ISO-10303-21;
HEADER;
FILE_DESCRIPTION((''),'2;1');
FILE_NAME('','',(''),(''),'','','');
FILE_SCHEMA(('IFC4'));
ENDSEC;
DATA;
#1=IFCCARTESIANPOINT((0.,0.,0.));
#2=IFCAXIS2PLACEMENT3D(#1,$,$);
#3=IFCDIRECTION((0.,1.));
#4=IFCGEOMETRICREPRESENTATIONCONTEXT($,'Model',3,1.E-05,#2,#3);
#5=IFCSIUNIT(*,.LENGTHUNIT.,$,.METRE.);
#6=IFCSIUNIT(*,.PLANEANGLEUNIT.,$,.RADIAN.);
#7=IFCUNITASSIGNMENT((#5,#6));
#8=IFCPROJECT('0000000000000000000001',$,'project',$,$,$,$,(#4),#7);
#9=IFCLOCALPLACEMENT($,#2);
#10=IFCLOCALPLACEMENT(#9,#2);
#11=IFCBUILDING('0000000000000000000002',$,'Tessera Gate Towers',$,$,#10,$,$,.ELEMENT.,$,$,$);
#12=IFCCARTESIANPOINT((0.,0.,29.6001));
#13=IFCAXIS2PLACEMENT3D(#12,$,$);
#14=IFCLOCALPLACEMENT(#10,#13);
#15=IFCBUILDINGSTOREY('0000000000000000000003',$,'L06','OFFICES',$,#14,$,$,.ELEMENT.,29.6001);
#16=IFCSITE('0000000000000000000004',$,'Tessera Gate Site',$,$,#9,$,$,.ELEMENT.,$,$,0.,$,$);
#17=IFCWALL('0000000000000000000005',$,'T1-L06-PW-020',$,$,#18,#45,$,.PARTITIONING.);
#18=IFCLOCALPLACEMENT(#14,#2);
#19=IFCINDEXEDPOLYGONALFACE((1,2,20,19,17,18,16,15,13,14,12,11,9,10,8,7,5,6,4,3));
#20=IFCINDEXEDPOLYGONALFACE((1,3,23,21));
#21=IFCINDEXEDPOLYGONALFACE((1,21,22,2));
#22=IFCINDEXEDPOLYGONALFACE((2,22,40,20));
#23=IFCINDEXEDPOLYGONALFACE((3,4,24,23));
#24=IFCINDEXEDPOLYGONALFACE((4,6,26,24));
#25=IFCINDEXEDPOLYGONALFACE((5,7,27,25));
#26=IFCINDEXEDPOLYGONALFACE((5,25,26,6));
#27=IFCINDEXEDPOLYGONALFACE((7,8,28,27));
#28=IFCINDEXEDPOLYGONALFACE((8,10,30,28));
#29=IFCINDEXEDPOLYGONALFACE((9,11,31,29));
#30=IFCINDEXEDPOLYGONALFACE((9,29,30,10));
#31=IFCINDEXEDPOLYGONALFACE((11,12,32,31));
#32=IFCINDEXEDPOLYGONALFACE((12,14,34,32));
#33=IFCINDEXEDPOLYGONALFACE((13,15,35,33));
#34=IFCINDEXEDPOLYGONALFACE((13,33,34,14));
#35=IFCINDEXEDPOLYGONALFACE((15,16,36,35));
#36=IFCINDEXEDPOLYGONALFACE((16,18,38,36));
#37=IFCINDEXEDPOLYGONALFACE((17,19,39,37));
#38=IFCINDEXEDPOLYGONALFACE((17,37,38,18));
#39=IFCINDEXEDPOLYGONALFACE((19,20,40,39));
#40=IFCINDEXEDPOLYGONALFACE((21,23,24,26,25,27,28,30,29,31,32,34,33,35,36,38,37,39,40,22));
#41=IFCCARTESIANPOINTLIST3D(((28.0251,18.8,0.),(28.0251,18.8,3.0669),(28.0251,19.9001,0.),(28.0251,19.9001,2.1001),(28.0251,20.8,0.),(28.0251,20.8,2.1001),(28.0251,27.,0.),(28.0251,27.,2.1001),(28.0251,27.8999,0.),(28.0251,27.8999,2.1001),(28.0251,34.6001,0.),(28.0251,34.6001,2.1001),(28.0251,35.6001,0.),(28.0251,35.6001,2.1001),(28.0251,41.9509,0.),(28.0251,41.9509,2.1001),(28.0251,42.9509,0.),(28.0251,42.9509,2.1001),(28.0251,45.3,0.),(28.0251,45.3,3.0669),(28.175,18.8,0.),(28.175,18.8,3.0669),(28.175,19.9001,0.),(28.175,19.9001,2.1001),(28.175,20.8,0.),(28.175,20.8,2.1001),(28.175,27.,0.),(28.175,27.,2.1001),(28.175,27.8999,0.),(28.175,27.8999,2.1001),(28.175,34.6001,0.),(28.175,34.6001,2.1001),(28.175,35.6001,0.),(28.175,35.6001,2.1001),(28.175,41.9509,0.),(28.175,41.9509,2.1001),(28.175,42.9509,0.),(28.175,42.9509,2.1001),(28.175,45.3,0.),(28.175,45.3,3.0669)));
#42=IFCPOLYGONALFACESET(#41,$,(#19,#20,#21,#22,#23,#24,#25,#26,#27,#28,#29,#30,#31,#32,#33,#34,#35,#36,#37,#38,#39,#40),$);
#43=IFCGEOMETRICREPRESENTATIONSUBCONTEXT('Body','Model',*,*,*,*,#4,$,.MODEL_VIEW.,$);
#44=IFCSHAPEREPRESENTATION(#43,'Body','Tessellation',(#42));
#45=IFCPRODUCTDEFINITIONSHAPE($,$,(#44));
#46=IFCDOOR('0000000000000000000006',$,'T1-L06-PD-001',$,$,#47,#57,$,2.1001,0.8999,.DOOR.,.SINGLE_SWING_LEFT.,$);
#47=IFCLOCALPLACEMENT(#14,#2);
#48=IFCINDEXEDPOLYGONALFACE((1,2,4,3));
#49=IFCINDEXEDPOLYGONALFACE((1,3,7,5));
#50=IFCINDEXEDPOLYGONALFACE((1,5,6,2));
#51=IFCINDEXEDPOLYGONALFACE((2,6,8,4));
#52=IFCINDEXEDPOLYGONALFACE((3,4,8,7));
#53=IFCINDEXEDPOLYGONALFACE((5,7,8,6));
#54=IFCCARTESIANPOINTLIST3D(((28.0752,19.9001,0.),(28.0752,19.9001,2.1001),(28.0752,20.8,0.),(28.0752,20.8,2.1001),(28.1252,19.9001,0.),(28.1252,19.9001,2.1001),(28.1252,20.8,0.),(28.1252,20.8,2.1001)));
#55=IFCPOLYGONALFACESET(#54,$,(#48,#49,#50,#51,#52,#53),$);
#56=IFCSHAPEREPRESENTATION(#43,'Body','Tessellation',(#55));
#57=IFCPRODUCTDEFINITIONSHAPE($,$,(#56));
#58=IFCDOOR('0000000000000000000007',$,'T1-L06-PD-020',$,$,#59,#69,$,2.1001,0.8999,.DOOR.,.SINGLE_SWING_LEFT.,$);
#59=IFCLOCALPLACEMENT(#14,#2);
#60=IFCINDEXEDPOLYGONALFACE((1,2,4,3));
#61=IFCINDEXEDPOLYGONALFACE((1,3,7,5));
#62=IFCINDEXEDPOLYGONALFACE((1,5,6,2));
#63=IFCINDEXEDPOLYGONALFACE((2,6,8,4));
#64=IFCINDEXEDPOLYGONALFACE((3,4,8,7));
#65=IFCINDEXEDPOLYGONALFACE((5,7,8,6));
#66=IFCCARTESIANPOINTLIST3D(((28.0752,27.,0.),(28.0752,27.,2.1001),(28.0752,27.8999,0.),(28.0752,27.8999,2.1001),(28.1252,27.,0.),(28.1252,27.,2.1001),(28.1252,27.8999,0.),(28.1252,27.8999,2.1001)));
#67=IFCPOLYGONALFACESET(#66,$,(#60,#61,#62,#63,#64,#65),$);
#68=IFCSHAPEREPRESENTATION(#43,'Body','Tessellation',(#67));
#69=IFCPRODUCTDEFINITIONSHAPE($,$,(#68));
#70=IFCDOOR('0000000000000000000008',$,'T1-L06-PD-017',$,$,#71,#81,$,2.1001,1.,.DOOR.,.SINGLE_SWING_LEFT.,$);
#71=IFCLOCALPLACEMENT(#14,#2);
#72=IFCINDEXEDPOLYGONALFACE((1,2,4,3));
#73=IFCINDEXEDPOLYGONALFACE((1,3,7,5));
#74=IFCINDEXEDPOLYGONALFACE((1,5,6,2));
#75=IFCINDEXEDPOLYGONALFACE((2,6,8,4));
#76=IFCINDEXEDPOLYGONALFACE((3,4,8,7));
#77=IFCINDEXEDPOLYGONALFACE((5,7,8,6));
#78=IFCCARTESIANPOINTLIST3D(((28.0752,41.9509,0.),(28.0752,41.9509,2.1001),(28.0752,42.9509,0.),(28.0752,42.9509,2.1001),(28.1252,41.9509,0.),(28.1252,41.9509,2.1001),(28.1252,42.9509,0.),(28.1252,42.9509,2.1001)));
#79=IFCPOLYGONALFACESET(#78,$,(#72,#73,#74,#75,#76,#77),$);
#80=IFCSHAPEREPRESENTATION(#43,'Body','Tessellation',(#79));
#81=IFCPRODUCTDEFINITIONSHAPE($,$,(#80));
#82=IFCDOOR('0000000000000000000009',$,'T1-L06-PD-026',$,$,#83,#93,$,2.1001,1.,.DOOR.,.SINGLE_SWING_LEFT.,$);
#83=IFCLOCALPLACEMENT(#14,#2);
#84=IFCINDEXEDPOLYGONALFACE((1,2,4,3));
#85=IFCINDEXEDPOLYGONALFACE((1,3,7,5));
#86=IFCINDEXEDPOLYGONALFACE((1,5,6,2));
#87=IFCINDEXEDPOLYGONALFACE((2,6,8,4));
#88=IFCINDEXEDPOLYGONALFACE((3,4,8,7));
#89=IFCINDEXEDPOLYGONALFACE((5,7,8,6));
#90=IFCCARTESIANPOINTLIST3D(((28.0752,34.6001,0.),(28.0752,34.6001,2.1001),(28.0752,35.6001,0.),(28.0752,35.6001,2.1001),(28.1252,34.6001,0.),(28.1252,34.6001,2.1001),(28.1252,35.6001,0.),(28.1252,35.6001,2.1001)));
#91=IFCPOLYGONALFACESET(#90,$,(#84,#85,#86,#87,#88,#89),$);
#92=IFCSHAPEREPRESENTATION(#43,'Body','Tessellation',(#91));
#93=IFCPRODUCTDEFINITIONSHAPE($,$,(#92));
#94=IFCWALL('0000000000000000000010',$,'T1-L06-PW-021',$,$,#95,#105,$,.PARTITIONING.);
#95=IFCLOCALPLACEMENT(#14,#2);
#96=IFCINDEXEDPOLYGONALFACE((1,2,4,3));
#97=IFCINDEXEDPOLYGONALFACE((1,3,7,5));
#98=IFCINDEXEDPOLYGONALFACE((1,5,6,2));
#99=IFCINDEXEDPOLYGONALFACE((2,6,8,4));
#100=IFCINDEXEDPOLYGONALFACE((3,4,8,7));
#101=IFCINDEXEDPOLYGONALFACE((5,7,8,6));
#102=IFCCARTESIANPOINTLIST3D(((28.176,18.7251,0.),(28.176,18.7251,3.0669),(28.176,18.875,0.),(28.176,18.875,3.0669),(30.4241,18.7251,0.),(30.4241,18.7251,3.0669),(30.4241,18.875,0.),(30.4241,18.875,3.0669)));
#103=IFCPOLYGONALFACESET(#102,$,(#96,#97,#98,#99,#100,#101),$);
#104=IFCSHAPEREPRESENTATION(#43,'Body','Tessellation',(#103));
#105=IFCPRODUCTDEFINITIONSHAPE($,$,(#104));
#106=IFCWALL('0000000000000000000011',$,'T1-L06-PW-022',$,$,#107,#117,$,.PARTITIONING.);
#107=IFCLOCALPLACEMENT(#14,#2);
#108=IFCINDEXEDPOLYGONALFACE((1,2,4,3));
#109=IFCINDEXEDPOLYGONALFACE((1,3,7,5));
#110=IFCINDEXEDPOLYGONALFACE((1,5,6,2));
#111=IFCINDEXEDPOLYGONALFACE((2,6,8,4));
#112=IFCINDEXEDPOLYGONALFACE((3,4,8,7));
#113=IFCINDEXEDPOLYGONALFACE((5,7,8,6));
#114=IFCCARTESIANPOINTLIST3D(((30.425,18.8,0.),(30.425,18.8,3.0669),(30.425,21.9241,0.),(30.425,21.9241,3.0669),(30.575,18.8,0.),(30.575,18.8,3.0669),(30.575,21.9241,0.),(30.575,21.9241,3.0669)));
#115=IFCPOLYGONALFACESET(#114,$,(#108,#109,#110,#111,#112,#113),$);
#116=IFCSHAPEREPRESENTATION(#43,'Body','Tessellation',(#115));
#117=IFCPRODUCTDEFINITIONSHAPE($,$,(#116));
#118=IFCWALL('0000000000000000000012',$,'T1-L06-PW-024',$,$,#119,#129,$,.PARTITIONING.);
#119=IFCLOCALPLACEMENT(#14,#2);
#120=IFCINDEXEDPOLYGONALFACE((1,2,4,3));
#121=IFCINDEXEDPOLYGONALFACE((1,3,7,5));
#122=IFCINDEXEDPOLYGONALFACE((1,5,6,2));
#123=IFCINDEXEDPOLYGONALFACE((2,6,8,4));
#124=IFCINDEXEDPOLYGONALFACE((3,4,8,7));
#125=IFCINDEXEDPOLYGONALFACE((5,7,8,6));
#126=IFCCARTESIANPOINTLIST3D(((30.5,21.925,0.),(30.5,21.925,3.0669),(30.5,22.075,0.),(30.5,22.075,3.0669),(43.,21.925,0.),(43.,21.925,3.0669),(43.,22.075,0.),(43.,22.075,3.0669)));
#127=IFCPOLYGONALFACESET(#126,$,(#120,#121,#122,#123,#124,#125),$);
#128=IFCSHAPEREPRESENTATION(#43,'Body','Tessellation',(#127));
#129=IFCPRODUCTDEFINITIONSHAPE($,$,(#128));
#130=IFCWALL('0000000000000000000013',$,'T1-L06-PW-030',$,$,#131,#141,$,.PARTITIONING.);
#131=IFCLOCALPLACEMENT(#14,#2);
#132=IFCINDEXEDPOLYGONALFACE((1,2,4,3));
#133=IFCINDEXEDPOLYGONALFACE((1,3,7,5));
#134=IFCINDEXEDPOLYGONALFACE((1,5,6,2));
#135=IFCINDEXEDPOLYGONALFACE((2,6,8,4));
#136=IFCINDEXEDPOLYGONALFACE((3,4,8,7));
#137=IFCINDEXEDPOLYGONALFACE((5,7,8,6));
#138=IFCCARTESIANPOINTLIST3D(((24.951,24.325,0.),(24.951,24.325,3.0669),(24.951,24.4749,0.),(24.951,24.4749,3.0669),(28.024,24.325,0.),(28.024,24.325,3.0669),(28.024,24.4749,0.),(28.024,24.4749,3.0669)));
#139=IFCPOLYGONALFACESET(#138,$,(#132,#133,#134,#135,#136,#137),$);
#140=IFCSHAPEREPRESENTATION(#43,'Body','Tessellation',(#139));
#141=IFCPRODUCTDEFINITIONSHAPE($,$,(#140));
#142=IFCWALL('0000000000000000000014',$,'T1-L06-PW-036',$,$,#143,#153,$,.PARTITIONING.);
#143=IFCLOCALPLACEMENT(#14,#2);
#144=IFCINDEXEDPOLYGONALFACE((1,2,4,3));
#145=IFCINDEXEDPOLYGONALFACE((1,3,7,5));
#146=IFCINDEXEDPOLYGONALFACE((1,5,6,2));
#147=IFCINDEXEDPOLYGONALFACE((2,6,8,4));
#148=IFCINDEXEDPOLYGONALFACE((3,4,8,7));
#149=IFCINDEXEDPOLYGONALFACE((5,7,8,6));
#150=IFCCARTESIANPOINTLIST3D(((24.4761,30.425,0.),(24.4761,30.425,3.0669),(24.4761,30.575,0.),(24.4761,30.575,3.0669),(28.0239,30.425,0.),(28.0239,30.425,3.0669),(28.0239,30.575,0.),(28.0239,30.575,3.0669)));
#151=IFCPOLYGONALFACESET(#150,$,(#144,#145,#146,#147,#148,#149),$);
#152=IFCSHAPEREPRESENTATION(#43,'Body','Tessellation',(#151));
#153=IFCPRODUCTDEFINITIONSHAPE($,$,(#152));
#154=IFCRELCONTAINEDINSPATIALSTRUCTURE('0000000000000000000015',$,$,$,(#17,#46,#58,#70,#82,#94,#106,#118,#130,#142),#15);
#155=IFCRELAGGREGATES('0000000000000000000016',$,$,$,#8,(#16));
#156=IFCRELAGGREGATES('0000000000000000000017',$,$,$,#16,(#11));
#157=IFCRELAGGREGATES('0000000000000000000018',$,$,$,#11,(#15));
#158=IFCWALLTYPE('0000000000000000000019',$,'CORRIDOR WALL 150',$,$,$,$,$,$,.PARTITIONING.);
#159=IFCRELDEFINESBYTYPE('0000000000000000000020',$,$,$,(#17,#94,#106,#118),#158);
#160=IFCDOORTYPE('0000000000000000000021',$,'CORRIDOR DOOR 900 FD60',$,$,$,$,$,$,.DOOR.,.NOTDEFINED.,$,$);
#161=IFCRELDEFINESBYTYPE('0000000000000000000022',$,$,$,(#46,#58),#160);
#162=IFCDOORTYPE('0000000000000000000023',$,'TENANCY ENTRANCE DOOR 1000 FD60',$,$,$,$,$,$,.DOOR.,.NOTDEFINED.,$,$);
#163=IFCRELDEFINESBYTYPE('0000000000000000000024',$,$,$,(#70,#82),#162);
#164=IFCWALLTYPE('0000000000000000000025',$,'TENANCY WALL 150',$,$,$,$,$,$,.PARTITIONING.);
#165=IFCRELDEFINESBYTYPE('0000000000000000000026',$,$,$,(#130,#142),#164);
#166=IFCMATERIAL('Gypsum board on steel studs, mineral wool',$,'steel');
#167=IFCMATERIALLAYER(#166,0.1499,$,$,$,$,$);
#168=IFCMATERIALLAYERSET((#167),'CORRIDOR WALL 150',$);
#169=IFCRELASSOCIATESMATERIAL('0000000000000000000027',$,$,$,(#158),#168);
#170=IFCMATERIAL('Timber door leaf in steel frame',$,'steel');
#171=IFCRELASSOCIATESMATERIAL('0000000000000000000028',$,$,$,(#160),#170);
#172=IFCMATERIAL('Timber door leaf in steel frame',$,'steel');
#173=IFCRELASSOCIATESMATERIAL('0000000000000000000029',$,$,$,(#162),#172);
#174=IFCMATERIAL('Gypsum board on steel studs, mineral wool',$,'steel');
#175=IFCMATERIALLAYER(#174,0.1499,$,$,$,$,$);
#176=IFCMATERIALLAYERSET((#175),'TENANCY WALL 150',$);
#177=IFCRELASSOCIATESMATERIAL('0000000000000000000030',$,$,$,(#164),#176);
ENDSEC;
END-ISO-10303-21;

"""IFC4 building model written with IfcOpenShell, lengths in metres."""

from ifc_helpers import new_model, si_unit, direction, frame, frame_2d, origin, place, context, subcontext, project, spatial, rectangle, extrude, source, transform, mapped, material, layer, layer_set, type_object, element, fill, save


model = new_model("IFC4")

# Units and contexts
model_context = context("Model", 3, precision=1e-05, world=origin(), true_north=direction((0.0, 1.0)))
body_context = subcontext(model_context, "Body", "Model", "MODEL_VIEW")
ifc_project = project(units=[si_unit("LENGTHUNIT", "METRE"), si_unit("PLANEANGLEUNIT", "RADIAN")], contexts=[model_context])

# Site, building, storey
site_placement = place(None, origin())
site = spatial("IfcSite", under=ifc_project, at=site_placement, Name="Tessera Gate Site", CompositionType="ELEMENT", RefElevation=0.0)
building_placement = place(site_placement, origin())
building = spatial("IfcBuilding", under=site, at=building_placement, Name="Tessera Gate Towers", CompositionType="ELEMENT")
storey_placement = place(building_placement, frame((0.0, 0.0, 29.6001)))
storey = spatial("IfcBuildingStorey", under=building, at=storey_placement, Name="L06", Description="OFFICES", CompositionType="ELEMENT", Elevation=29.6001)

# Wall, openings, doors
ifc_material_1 = material(Name="Gypsum board on steel studs, mineral wool", Category="steel")
ifc_layer_1 = layer(ifc_material_1, 0.1499)
ifc_layer_set_1 = layer_set([ifc_layer_1], Name="CORRIDOR WALL 150")
wall_type_1 = type_object("IfcWallType", Name="CORRIDOR WALL 150", PredefinedType="PARTITIONING", material=ifc_layer_set_1)
wall_1_placement = place(storey_placement, frame((28.1001, 18.8, 0.0), z_axis=(0.0, 0.0, 1.0), x_axis=(0.0, 1.0, 0.0)))
wall_1 = element("IfcWall", 1, at=wall_1_placement, inside=storey, type_object=wall_type_1, Name="T1-L06-PW-020", PredefinedType="PARTITIONING", context=body_context, shape_type="SweptSolid", body=[
    extrude(rectangle(XDim=26.5, YDim=0.1499, at=frame_2d((13.25, 0.0))), origin(), (0.0, 0.0, 1.0), 3.0669),
])
shared_shape_1 = source(origin(), body_context, "Body", "SweptSolid", [
    extrude(rectangle(XDim=0.8999, YDim=2.1001, at=frame_2d((0.45, 1.05))), frame((0.0, 0.085, 0.0), z_axis=(0.0, -1.0, 0.0), x_axis=(1.0, 0.0, 0.0)), (0.0, 0.0, 1.0), 0.1699),
])
opening_1_placement = place(wall_1_placement, frame((1.1001, 0.0, 0.0)))
opening_1 = element("IfcOpeningElement", 2, at=opening_1_placement, cuts=wall_1, PredefinedType="OPENING", context=body_context, shape_type="MappedRepresentation", body=[
    mapped(shared_shape_1, transform((0.0, 0.0, 0.0), scale=1.0)),
])
shared_shape_2 = source(origin(), body_context, "Body", "SweptSolid", [
    extrude(rectangle(XDim=1.0, YDim=2.1001, at=frame_2d((0.5, 1.05))), frame((0.0, 0.085, 0.0), z_axis=(0.0, -1.0, 0.0), x_axis=(1.0, 0.0, 0.0)), (0.0, 0.0, 1.0), 0.1699),
])
opening_2_placement = place(wall_1_placement, frame((23.1509, 0.0, 0.0)))
opening_2 = element("IfcOpeningElement", 3, at=opening_2_placement, cuts=wall_1, PredefinedType="OPENING", context=body_context, shape_type="MappedRepresentation", body=[
    mapped(shared_shape_2, transform((0.0, 0.0, 0.0), scale=1.0)),
])
opening_3_placement = place(wall_1_placement, frame((8.2, 0.0, 0.0)))
opening_3 = element("IfcOpeningElement", 4, at=opening_3_placement, cuts=wall_1, PredefinedType="OPENING", context=body_context, shape_type="MappedRepresentation", body=[
    mapped(shared_shape_1, transform((0.0, 0.0, 0.0), scale=1.0)),
])
opening_4_placement = place(wall_1_placement, frame((15.8, 0.0, 0.0)))
opening_4 = element("IfcOpeningElement", 5, at=opening_4_placement, cuts=wall_1, PredefinedType="OPENING", context=body_context, shape_type="MappedRepresentation", body=[
    mapped(shared_shape_2, transform((0.0, 0.0, 0.0), scale=1.0)),
])
ifc_material_2 = material(Name="Timber door leaf in steel frame", Category="steel")
door_type_1 = type_object("IfcDoorType", Name="CORRIDOR DOOR 900 FD60", OperationType="NOTDEFINED", PredefinedType="DOOR", material=ifc_material_2)
shared_shape_3 = source(origin(), body_context, "Body", "SweptSolid", [
    extrude(rectangle(XDim=0.8999, YDim=2.1001, at=frame_2d((0.45, 1.05))), frame((0.0, 0.0249, 0.0), z_axis=(0.0, -1.0, 0.0), x_axis=(1.0, 0.0, 0.0)), (0.0, 0.0, 1.0), 0.05),
])
door_1_placement = place(opening_1_placement, origin())
door_1 = element("IfcDoor", 6, at=door_1_placement, inside=storey, type_object=door_type_1, Name="T1-L06-PD-001", OperationType="SINGLE_SWING_LEFT", OverallHeight=2.1001, OverallWidth=0.8999, PredefinedType="DOOR", context=body_context, shape_type="MappedRepresentation", body=[
    mapped(shared_shape_3, transform((0.0, 0.0, 0.0), scale=1.0)),
])
fill(opening_1, door_1)
door_2_placement = place(opening_3_placement, origin())
door_2 = element("IfcDoor", 7, at=door_2_placement, inside=storey, type_object=door_type_1, Name="T1-L06-PD-020", OperationType="SINGLE_SWING_LEFT", OverallHeight=2.1001, OverallWidth=0.8999, PredefinedType="DOOR", context=body_context, shape_type="MappedRepresentation", body=[
    mapped(shared_shape_3, transform((0.0, 0.0, 0.0), scale=1.0)),
])
fill(opening_3, door_2)
ifc_material_3 = material(Name="Timber door leaf in steel frame", Category="steel")
door_type_2 = type_object("IfcDoorType", Name="TENANCY ENTRANCE DOOR 1000 FD60", OperationType="NOTDEFINED", PredefinedType="DOOR", material=ifc_material_3)
shared_shape_4 = source(origin(), body_context, "Body", "SweptSolid", [
    extrude(rectangle(XDim=1.0, YDim=2.1001, at=frame_2d((0.5, 1.05))), frame((0.0, 0.0249, 0.0), z_axis=(0.0, -1.0, 0.0), x_axis=(1.0, 0.0, 0.0)), (0.0, 0.0, 1.0), 0.05),
])
door_3_placement = place(opening_2_placement, origin())
door_3 = element("IfcDoor", 8, at=door_3_placement, inside=storey, type_object=door_type_2, Name="T1-L06-PD-017", OperationType="SINGLE_SWING_LEFT", OverallHeight=2.1001, OverallWidth=1.0, PredefinedType="DOOR", context=body_context, shape_type="MappedRepresentation", body=[
    mapped(shared_shape_4, transform((0.0, 0.0, 0.0), scale=1.0)),
])
fill(opening_2, door_3)
door_4_placement = place(opening_4_placement, origin())
door_4 = element("IfcDoor", 9, at=door_4_placement, inside=storey, type_object=door_type_2, Name="T1-L06-PD-026", OperationType="SINGLE_SWING_LEFT", OverallHeight=2.1001, OverallWidth=1.0, PredefinedType="DOOR", context=body_context, shape_type="MappedRepresentation", body=[
    mapped(shared_shape_4, transform((0.0, 0.0, 0.0), scale=1.0)),
])
fill(opening_4, door_4)

# Walls
wall_2_placement = place(storey_placement, frame((28.176, 18.8, 0.0), z_axis=(0.0, 0.0, 1.0), x_axis=(1.0, 0.0, 0.0)))
element("IfcWall", 10, at=wall_2_placement, inside=storey, type_object=wall_type_1, Name="T1-L06-PW-021", PredefinedType="PARTITIONING", context=body_context, shape_type="SweptSolid", body=[
    extrude(rectangle(XDim=2.248, YDim=0.1499, at=frame_2d((1.124, 0.0))), origin(), (0.0, 0.0, 1.0), 3.0669),
])
wall_3_placement = place(storey_placement, frame((30.5, 18.8, 0.0), z_axis=(0.0, 0.0, 1.0), x_axis=(0.0, 1.0, 0.0)))
element("IfcWall", 11, at=wall_3_placement, inside=storey, type_object=wall_type_1, Name="T1-L06-PW-022", PredefinedType="PARTITIONING", context=body_context, shape_type="SweptSolid", body=[
    extrude(rectangle(XDim=3.124, YDim=0.1499, at=frame_2d((1.562, 0.0))), origin(), (0.0, 0.0, 1.0), 3.0669),
])
wall_4_placement = place(storey_placement, frame((30.5, 22.0, 0.0), z_axis=(0.0, 0.0, 1.0), x_axis=(1.0, 0.0, 0.0)))
element("IfcWall", 12, at=wall_4_placement, inside=storey, type_object=wall_type_1, Name="T1-L06-PW-024", PredefinedType="PARTITIONING", context=body_context, shape_type="SweptSolid", body=[
    extrude(rectangle(XDim=12.5, YDim=0.1499, at=frame_2d((6.25, 0.0))), origin(), (0.0, 0.0, 1.0), 3.0669),
])
ifc_material_4 = material(Name="Gypsum board on steel studs, mineral wool", Category="steel")
ifc_layer_2 = layer(ifc_material_4, 0.1499)
ifc_layer_set_2 = layer_set([ifc_layer_2], Name="TENANCY WALL 150")
wall_type_2 = type_object("IfcWallType", Name="TENANCY WALL 150", PredefinedType="PARTITIONING", material=ifc_layer_set_2)
wall_5_placement = place(storey_placement, frame((24.9509, 24.3999, 0.0), z_axis=(0.0, 0.0, 1.0), x_axis=(1.0, 0.0, 0.0)))
element("IfcWall", 13, at=wall_5_placement, inside=storey, type_object=wall_type_2, Name="T1-L06-PW-030", PredefinedType="PARTITIONING", context=body_context, shape_type="SweptSolid", body=[
    extrude(rectangle(XDim=3.073, YDim=0.1499, at=frame_2d((1.5366, 0.0))), origin(), (0.0, 0.0, 1.0), 3.0669),
])
wall_6_placement = place(storey_placement, frame((24.4761, 30.5, 0.0), z_axis=(0.0, 0.0, 1.0), x_axis=(1.0, 0.0, 0.0)))
element("IfcWall", 14, at=wall_6_placement, inside=storey, type_object=wall_type_2, Name="T1-L06-PW-036", PredefinedType="PARTITIONING", context=body_context, shape_type="SweptSolid", body=[
    extrude(rectangle(XDim=3.5479, YDim=0.1499, at=frame_2d((1.7739, 0.0))), origin(), (0.0, 0.0, 1.0), 3.0669),
])

save(model, "model.ifc")
